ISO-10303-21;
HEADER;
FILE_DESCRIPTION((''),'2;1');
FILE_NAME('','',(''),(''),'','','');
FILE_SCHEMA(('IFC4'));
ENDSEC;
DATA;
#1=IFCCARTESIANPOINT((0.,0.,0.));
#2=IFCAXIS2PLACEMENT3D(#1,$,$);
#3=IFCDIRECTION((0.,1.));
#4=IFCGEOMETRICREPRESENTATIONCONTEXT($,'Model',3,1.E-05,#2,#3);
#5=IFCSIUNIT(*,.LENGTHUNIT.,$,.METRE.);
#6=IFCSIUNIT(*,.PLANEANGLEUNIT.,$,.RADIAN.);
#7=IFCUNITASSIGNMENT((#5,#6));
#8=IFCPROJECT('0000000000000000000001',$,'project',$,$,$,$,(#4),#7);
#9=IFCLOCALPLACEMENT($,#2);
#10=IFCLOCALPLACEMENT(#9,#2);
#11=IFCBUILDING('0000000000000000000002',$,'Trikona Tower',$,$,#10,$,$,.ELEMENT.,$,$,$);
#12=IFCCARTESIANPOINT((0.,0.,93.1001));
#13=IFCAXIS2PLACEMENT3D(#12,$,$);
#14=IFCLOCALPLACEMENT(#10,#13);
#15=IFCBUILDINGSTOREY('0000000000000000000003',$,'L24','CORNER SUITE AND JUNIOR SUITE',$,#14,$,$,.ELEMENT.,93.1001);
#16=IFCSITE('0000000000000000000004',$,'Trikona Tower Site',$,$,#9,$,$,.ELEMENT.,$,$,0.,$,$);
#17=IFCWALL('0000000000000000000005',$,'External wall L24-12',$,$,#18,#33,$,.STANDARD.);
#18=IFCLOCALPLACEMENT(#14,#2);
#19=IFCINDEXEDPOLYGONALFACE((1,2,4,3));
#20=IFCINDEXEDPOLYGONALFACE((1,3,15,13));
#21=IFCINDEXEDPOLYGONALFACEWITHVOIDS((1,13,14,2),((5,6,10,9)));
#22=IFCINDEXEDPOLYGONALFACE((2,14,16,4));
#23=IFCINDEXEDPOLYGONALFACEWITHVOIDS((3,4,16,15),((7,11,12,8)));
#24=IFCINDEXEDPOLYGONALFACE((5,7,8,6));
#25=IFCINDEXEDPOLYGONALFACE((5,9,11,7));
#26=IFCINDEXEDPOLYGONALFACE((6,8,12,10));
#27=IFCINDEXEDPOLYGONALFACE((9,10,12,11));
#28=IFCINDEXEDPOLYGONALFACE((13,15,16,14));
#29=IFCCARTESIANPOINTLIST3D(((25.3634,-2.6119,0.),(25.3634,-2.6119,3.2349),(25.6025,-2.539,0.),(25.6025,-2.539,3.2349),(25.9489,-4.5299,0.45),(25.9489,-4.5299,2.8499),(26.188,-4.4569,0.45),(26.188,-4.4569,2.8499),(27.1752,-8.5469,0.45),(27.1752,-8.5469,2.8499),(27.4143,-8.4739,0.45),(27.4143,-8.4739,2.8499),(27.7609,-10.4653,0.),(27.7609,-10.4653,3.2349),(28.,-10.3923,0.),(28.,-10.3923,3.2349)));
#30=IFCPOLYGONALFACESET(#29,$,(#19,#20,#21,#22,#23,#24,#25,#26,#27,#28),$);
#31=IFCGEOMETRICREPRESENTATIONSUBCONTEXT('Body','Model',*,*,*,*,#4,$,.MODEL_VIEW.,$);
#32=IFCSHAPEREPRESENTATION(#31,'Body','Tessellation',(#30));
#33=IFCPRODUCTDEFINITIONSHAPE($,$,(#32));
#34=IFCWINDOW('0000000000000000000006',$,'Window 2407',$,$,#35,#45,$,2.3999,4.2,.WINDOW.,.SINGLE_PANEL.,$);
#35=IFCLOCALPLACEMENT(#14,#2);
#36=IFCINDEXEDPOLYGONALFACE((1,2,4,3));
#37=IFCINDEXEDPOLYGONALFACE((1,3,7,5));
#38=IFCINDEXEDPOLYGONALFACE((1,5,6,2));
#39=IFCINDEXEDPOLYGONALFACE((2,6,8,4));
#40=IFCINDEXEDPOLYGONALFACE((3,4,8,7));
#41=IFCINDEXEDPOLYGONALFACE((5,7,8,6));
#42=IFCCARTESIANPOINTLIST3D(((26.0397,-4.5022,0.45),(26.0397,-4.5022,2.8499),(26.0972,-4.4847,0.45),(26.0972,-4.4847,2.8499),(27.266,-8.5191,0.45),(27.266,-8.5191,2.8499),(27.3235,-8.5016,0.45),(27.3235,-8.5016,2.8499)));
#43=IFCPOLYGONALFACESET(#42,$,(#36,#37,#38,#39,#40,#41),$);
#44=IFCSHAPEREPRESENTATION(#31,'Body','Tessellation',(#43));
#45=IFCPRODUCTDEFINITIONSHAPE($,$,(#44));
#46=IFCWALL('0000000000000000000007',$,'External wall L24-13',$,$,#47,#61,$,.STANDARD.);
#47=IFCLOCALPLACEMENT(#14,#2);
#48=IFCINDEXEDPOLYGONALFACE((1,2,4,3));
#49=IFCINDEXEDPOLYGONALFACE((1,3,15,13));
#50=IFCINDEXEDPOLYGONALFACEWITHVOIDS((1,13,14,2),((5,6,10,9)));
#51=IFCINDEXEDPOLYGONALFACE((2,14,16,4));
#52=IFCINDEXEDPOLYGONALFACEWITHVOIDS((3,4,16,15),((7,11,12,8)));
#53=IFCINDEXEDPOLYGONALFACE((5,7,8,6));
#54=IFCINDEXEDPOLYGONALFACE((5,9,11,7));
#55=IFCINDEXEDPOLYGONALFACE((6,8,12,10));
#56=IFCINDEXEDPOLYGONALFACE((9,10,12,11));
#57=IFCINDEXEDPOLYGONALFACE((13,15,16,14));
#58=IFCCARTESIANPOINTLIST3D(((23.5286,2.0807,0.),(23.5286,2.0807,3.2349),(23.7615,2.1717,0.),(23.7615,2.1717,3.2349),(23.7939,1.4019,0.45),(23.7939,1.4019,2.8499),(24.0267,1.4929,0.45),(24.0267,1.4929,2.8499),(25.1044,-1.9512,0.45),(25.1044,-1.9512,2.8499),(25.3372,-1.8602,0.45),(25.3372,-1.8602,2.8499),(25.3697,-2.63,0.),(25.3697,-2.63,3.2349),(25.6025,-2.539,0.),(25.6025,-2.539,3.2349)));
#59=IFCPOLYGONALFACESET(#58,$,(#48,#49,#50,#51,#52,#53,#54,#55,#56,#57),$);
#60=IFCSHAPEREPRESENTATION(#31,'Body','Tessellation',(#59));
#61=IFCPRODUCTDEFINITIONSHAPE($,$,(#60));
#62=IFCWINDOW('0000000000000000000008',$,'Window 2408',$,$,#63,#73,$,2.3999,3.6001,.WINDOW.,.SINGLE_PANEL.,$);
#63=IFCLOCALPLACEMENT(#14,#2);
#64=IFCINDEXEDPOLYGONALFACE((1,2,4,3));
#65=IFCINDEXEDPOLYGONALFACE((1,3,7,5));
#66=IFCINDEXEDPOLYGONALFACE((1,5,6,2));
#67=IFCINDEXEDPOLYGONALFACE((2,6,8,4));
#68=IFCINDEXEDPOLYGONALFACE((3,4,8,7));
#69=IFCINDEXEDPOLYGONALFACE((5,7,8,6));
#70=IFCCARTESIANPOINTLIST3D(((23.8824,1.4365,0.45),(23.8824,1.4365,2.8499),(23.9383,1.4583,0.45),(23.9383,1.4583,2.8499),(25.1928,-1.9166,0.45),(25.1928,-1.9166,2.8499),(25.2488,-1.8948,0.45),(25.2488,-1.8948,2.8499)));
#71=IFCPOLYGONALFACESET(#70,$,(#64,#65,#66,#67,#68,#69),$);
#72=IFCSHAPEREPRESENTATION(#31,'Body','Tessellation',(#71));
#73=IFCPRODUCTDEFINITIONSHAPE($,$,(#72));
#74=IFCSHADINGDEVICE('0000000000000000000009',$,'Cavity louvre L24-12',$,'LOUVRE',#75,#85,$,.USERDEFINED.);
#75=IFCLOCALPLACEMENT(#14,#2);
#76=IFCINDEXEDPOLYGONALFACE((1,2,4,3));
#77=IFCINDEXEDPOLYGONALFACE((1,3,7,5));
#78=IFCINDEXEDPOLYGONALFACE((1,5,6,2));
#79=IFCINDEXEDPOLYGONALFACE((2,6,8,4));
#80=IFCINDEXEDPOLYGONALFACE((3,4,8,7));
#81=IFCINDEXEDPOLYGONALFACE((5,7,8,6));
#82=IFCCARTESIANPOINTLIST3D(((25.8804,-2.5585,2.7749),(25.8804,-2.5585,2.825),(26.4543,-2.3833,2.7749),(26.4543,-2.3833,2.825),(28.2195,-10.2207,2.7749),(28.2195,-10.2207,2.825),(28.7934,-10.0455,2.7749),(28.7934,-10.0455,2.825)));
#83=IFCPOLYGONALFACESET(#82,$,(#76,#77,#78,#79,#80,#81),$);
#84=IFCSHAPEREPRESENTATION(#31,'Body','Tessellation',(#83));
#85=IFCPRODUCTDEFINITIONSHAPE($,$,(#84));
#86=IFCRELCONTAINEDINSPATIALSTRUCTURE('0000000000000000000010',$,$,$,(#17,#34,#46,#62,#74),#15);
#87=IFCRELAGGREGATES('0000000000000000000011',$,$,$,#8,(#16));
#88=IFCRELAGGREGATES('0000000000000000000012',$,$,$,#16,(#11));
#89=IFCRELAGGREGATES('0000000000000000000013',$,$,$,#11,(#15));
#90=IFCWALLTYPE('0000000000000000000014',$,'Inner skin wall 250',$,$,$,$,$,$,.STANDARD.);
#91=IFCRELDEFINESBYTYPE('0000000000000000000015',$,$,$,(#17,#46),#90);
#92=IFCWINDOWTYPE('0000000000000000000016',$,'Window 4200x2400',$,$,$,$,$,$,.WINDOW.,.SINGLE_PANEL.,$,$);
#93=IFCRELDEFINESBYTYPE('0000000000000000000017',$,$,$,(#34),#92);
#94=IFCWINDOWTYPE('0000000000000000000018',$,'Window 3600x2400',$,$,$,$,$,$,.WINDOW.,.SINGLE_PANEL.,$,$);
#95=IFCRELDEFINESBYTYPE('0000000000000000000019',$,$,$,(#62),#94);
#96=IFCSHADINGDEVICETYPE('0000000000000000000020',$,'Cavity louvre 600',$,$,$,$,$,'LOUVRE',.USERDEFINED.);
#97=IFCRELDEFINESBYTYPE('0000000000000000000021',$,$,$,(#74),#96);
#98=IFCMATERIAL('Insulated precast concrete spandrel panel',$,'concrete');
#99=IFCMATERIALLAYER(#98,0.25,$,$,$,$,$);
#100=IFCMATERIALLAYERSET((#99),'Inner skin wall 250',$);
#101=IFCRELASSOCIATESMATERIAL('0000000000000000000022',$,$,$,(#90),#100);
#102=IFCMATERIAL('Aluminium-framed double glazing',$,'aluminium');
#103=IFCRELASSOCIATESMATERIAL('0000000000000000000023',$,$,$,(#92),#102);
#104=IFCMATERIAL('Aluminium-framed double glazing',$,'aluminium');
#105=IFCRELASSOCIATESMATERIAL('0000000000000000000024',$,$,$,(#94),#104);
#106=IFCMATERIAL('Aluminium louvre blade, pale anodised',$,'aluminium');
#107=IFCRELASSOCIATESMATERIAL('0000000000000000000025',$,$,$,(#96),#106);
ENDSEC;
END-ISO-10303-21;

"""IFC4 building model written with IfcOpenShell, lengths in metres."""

from ifc_helpers import new_model, si_unit, direction, frame, frame_2d, origin, origin_2d, place, context, subcontext, project, spatial, rectangle, extrude, material, layer, layer_set, type_object, element, fill, save


model = new_model("IFC4")

# Units and contexts
model_context = context("Model", 3, precision=1e-05, world=origin(), true_north=direction((0.0, 1.0)))
body_context = subcontext(model_context, "Body", "Model", "MODEL_VIEW")
ifc_project = project(units=[si_unit("LENGTHUNIT", "METRE"), si_unit("PLANEANGLEUNIT", "RADIAN")], contexts=[model_context])

# Site, building, storey
site_placement = place(None, origin())
site = spatial("IfcSite", under=ifc_project, at=site_placement, Name="Trikona Tower Site", CompositionType="ELEMENT", RefElevation=0.0)
building_placement = place(site_placement, origin())
building = spatial("IfcBuilding", under=site, at=building_placement, Name="Trikona Tower", CompositionType="ELEMENT")
storey_placement = place(building_placement, frame((0.0, 0.0, 93.1001)))
storey = spatial("IfcBuildingStorey", under=building, at=storey_placement, Name="L24", Description="CORNER SUITE AND JUNIOR SUITE", CompositionType="ELEMENT", Elevation=93.1001)

# Walls, openings, windows
ifc_material_1 = material(Name="Insulated precast concrete spandrel panel", Category="concrete")
ifc_layer_1 = layer(ifc_material_1, 0.25)
ifc_layer_set_1 = layer_set([ifc_layer_1], Name="Inner skin wall 250")
wall_type = type_object("IfcWallType", Name="Inner skin wall 250", PredefinedType="STANDARD", material=ifc_layer_set_1)
wall_1_placement = place(storey_placement, frame((27.8804, -10.4287, 0.0), z_axis=(0.0, 0.0, 1.0), x_axis=(-0.291979, 0.956425, 0.0)))
wall_1 = element("IfcWall", 1, at=wall_1_placement, inside=storey, type_object=wall_type, Name="External wall L24-12", PredefinedType="STANDARD", context=body_context, shape_type="SweptSolid", body=[
    extrude(rectangle(XDim=8.2112, YDim=0.25, at=frame_2d((4.1055, 0.0))), origin(), (0.0, 0.0, 1.0), 3.2349),
])
opening_1_placement = place(wall_1_placement, frame((2.0056, 0.0, 0.45)))
opening_1 = element("IfcOpeningElement", 2, at=opening_1_placement, cuts=wall_1, PredefinedType="OPENING", context=body_context, shape_type="SweptSolid", body=[
    extrude(rectangle(XDim=4.2, YDim=2.3999, at=frame_2d((2.1001, 1.2))), frame((0.0, 0.135, 0.0), z_axis=(0.0, -1.0, 0.0), x_axis=(1.0, 0.0, 0.0)), (0.0, 0.0, 1.0), 0.27),
])
ifc_material_2 = material(Name="Aluminium-framed double glazing", Category="aluminium")
window_type_1 = type_object("IfcWindowType", Name="Window 4200x2400", PartitioningType="SINGLE_PANEL", PredefinedType="WINDOW", material=ifc_material_2)
window_1_placement = place(opening_1_placement, origin())
window_1 = element("IfcWindow", 3, at=window_1_placement, inside=storey, type_object=window_type_1, Name="Window 2407", OverallHeight=2.3999, OverallWidth=4.2, PartitioningType="SINGLE_PANEL", PredefinedType="WINDOW", context=body_context, shape_type="SweptSolid", body=[
    extrude(rectangle(XDim=4.2, YDim=2.3999, at=frame_2d((2.1001, 1.2))), frame((0.0, 0.03, 0.0), z_axis=(0.0, -1.0, 0.0), x_axis=(1.0, 0.0, 0.0)), (0.0, 0.0, 1.0), 0.0601),
])
fill(opening_1, window_1)
wall_2_placement = place(storey_placement, frame((25.4861, -2.5845, 0.0), z_axis=(0.0, 0.0, 1.0), x_axis=(-0.364013, 0.931394, 0.0)))
wall_2 = element("IfcWall", 4, at=wall_2_placement, inside=storey, type_object=wall_type, Name="External wall L24-13", PredefinedType="STANDARD", context=body_context, shape_type="SweptSolid", body=[
    extrude(rectangle(XDim=5.0576, YDim=0.25, at=frame_2d((2.5288, 0.0))), origin(), (0.0, 0.0, 1.0), 3.2349),
])
opening_2_placement = place(wall_2_placement, frame((0.7288, 0.0, 0.45)))
opening_2 = element("IfcOpeningElement", 5, at=opening_2_placement, cuts=wall_2, PredefinedType="OPENING", context=body_context, shape_type="SweptSolid", body=[
    extrude(rectangle(XDim=3.6001, YDim=2.3999, at=frame_2d((1.8, 1.2))), frame((0.0, 0.135, 0.0), z_axis=(0.0, -1.0, 0.0), x_axis=(1.0, 0.0, 0.0)), (0.0, 0.0, 1.0), 0.27),
])
ifc_material_3 = material(Name="Aluminium-framed double glazing", Category="aluminium")
window_type_2 = type_object("IfcWindowType", Name="Window 3600x2400", PartitioningType="SINGLE_PANEL", PredefinedType="WINDOW", material=ifc_material_3)
window_2_placement = place(opening_2_placement, origin())
window_2 = element("IfcWindow", 6, at=window_2_placement, inside=storey, type_object=window_type_2, Name="Window 2408", OverallHeight=2.3999, OverallWidth=3.6001, PartitioningType="SINGLE_PANEL", PredefinedType="WINDOW", context=body_context, shape_type="SweptSolid", body=[
    extrude(rectangle(XDim=3.6001, YDim=2.3999, at=frame_2d((1.8, 1.2))), frame((0.0, 0.03, 0.0), z_axis=(0.0, -1.0, 0.0), x_axis=(1.0, 0.0, 0.0)), (0.0, 0.0, 1.0), 0.0601),
])
fill(opening_2, window_2)

# Shading device
ifc_material_4 = material(Name="Aluminium louvre blade, pale anodised", Category="aluminium")
shading_device_type = type_object("IfcShadingDeviceType", Name="Cavity louvre 600", ElementType="LOUVRE", PredefinedType="USERDEFINED", material=ifc_material_4)
shading_device_placement = place(storey_placement, frame((27.3369, -6.302, 2.7749), z_axis=(0.0, 0.0, 1.0), x_axis=(-0.291979, 0.956425, 0.0)))
element("IfcShadingDevice", 7, at=shading_device_placement, inside=storey, type_object=shading_device_type, Name="Cavity louvre L24-12", ObjectType="LOUVRE", PredefinedType="USERDEFINED", context=body_context, shape_type="SweptSolid", body=[
    extrude(rectangle(XDim=8.0112, YDim=0.6001, at=origin_2d()), origin(), (0.0, 0.0, 1.0), 0.05),
])

save(model, "model.ifc")
